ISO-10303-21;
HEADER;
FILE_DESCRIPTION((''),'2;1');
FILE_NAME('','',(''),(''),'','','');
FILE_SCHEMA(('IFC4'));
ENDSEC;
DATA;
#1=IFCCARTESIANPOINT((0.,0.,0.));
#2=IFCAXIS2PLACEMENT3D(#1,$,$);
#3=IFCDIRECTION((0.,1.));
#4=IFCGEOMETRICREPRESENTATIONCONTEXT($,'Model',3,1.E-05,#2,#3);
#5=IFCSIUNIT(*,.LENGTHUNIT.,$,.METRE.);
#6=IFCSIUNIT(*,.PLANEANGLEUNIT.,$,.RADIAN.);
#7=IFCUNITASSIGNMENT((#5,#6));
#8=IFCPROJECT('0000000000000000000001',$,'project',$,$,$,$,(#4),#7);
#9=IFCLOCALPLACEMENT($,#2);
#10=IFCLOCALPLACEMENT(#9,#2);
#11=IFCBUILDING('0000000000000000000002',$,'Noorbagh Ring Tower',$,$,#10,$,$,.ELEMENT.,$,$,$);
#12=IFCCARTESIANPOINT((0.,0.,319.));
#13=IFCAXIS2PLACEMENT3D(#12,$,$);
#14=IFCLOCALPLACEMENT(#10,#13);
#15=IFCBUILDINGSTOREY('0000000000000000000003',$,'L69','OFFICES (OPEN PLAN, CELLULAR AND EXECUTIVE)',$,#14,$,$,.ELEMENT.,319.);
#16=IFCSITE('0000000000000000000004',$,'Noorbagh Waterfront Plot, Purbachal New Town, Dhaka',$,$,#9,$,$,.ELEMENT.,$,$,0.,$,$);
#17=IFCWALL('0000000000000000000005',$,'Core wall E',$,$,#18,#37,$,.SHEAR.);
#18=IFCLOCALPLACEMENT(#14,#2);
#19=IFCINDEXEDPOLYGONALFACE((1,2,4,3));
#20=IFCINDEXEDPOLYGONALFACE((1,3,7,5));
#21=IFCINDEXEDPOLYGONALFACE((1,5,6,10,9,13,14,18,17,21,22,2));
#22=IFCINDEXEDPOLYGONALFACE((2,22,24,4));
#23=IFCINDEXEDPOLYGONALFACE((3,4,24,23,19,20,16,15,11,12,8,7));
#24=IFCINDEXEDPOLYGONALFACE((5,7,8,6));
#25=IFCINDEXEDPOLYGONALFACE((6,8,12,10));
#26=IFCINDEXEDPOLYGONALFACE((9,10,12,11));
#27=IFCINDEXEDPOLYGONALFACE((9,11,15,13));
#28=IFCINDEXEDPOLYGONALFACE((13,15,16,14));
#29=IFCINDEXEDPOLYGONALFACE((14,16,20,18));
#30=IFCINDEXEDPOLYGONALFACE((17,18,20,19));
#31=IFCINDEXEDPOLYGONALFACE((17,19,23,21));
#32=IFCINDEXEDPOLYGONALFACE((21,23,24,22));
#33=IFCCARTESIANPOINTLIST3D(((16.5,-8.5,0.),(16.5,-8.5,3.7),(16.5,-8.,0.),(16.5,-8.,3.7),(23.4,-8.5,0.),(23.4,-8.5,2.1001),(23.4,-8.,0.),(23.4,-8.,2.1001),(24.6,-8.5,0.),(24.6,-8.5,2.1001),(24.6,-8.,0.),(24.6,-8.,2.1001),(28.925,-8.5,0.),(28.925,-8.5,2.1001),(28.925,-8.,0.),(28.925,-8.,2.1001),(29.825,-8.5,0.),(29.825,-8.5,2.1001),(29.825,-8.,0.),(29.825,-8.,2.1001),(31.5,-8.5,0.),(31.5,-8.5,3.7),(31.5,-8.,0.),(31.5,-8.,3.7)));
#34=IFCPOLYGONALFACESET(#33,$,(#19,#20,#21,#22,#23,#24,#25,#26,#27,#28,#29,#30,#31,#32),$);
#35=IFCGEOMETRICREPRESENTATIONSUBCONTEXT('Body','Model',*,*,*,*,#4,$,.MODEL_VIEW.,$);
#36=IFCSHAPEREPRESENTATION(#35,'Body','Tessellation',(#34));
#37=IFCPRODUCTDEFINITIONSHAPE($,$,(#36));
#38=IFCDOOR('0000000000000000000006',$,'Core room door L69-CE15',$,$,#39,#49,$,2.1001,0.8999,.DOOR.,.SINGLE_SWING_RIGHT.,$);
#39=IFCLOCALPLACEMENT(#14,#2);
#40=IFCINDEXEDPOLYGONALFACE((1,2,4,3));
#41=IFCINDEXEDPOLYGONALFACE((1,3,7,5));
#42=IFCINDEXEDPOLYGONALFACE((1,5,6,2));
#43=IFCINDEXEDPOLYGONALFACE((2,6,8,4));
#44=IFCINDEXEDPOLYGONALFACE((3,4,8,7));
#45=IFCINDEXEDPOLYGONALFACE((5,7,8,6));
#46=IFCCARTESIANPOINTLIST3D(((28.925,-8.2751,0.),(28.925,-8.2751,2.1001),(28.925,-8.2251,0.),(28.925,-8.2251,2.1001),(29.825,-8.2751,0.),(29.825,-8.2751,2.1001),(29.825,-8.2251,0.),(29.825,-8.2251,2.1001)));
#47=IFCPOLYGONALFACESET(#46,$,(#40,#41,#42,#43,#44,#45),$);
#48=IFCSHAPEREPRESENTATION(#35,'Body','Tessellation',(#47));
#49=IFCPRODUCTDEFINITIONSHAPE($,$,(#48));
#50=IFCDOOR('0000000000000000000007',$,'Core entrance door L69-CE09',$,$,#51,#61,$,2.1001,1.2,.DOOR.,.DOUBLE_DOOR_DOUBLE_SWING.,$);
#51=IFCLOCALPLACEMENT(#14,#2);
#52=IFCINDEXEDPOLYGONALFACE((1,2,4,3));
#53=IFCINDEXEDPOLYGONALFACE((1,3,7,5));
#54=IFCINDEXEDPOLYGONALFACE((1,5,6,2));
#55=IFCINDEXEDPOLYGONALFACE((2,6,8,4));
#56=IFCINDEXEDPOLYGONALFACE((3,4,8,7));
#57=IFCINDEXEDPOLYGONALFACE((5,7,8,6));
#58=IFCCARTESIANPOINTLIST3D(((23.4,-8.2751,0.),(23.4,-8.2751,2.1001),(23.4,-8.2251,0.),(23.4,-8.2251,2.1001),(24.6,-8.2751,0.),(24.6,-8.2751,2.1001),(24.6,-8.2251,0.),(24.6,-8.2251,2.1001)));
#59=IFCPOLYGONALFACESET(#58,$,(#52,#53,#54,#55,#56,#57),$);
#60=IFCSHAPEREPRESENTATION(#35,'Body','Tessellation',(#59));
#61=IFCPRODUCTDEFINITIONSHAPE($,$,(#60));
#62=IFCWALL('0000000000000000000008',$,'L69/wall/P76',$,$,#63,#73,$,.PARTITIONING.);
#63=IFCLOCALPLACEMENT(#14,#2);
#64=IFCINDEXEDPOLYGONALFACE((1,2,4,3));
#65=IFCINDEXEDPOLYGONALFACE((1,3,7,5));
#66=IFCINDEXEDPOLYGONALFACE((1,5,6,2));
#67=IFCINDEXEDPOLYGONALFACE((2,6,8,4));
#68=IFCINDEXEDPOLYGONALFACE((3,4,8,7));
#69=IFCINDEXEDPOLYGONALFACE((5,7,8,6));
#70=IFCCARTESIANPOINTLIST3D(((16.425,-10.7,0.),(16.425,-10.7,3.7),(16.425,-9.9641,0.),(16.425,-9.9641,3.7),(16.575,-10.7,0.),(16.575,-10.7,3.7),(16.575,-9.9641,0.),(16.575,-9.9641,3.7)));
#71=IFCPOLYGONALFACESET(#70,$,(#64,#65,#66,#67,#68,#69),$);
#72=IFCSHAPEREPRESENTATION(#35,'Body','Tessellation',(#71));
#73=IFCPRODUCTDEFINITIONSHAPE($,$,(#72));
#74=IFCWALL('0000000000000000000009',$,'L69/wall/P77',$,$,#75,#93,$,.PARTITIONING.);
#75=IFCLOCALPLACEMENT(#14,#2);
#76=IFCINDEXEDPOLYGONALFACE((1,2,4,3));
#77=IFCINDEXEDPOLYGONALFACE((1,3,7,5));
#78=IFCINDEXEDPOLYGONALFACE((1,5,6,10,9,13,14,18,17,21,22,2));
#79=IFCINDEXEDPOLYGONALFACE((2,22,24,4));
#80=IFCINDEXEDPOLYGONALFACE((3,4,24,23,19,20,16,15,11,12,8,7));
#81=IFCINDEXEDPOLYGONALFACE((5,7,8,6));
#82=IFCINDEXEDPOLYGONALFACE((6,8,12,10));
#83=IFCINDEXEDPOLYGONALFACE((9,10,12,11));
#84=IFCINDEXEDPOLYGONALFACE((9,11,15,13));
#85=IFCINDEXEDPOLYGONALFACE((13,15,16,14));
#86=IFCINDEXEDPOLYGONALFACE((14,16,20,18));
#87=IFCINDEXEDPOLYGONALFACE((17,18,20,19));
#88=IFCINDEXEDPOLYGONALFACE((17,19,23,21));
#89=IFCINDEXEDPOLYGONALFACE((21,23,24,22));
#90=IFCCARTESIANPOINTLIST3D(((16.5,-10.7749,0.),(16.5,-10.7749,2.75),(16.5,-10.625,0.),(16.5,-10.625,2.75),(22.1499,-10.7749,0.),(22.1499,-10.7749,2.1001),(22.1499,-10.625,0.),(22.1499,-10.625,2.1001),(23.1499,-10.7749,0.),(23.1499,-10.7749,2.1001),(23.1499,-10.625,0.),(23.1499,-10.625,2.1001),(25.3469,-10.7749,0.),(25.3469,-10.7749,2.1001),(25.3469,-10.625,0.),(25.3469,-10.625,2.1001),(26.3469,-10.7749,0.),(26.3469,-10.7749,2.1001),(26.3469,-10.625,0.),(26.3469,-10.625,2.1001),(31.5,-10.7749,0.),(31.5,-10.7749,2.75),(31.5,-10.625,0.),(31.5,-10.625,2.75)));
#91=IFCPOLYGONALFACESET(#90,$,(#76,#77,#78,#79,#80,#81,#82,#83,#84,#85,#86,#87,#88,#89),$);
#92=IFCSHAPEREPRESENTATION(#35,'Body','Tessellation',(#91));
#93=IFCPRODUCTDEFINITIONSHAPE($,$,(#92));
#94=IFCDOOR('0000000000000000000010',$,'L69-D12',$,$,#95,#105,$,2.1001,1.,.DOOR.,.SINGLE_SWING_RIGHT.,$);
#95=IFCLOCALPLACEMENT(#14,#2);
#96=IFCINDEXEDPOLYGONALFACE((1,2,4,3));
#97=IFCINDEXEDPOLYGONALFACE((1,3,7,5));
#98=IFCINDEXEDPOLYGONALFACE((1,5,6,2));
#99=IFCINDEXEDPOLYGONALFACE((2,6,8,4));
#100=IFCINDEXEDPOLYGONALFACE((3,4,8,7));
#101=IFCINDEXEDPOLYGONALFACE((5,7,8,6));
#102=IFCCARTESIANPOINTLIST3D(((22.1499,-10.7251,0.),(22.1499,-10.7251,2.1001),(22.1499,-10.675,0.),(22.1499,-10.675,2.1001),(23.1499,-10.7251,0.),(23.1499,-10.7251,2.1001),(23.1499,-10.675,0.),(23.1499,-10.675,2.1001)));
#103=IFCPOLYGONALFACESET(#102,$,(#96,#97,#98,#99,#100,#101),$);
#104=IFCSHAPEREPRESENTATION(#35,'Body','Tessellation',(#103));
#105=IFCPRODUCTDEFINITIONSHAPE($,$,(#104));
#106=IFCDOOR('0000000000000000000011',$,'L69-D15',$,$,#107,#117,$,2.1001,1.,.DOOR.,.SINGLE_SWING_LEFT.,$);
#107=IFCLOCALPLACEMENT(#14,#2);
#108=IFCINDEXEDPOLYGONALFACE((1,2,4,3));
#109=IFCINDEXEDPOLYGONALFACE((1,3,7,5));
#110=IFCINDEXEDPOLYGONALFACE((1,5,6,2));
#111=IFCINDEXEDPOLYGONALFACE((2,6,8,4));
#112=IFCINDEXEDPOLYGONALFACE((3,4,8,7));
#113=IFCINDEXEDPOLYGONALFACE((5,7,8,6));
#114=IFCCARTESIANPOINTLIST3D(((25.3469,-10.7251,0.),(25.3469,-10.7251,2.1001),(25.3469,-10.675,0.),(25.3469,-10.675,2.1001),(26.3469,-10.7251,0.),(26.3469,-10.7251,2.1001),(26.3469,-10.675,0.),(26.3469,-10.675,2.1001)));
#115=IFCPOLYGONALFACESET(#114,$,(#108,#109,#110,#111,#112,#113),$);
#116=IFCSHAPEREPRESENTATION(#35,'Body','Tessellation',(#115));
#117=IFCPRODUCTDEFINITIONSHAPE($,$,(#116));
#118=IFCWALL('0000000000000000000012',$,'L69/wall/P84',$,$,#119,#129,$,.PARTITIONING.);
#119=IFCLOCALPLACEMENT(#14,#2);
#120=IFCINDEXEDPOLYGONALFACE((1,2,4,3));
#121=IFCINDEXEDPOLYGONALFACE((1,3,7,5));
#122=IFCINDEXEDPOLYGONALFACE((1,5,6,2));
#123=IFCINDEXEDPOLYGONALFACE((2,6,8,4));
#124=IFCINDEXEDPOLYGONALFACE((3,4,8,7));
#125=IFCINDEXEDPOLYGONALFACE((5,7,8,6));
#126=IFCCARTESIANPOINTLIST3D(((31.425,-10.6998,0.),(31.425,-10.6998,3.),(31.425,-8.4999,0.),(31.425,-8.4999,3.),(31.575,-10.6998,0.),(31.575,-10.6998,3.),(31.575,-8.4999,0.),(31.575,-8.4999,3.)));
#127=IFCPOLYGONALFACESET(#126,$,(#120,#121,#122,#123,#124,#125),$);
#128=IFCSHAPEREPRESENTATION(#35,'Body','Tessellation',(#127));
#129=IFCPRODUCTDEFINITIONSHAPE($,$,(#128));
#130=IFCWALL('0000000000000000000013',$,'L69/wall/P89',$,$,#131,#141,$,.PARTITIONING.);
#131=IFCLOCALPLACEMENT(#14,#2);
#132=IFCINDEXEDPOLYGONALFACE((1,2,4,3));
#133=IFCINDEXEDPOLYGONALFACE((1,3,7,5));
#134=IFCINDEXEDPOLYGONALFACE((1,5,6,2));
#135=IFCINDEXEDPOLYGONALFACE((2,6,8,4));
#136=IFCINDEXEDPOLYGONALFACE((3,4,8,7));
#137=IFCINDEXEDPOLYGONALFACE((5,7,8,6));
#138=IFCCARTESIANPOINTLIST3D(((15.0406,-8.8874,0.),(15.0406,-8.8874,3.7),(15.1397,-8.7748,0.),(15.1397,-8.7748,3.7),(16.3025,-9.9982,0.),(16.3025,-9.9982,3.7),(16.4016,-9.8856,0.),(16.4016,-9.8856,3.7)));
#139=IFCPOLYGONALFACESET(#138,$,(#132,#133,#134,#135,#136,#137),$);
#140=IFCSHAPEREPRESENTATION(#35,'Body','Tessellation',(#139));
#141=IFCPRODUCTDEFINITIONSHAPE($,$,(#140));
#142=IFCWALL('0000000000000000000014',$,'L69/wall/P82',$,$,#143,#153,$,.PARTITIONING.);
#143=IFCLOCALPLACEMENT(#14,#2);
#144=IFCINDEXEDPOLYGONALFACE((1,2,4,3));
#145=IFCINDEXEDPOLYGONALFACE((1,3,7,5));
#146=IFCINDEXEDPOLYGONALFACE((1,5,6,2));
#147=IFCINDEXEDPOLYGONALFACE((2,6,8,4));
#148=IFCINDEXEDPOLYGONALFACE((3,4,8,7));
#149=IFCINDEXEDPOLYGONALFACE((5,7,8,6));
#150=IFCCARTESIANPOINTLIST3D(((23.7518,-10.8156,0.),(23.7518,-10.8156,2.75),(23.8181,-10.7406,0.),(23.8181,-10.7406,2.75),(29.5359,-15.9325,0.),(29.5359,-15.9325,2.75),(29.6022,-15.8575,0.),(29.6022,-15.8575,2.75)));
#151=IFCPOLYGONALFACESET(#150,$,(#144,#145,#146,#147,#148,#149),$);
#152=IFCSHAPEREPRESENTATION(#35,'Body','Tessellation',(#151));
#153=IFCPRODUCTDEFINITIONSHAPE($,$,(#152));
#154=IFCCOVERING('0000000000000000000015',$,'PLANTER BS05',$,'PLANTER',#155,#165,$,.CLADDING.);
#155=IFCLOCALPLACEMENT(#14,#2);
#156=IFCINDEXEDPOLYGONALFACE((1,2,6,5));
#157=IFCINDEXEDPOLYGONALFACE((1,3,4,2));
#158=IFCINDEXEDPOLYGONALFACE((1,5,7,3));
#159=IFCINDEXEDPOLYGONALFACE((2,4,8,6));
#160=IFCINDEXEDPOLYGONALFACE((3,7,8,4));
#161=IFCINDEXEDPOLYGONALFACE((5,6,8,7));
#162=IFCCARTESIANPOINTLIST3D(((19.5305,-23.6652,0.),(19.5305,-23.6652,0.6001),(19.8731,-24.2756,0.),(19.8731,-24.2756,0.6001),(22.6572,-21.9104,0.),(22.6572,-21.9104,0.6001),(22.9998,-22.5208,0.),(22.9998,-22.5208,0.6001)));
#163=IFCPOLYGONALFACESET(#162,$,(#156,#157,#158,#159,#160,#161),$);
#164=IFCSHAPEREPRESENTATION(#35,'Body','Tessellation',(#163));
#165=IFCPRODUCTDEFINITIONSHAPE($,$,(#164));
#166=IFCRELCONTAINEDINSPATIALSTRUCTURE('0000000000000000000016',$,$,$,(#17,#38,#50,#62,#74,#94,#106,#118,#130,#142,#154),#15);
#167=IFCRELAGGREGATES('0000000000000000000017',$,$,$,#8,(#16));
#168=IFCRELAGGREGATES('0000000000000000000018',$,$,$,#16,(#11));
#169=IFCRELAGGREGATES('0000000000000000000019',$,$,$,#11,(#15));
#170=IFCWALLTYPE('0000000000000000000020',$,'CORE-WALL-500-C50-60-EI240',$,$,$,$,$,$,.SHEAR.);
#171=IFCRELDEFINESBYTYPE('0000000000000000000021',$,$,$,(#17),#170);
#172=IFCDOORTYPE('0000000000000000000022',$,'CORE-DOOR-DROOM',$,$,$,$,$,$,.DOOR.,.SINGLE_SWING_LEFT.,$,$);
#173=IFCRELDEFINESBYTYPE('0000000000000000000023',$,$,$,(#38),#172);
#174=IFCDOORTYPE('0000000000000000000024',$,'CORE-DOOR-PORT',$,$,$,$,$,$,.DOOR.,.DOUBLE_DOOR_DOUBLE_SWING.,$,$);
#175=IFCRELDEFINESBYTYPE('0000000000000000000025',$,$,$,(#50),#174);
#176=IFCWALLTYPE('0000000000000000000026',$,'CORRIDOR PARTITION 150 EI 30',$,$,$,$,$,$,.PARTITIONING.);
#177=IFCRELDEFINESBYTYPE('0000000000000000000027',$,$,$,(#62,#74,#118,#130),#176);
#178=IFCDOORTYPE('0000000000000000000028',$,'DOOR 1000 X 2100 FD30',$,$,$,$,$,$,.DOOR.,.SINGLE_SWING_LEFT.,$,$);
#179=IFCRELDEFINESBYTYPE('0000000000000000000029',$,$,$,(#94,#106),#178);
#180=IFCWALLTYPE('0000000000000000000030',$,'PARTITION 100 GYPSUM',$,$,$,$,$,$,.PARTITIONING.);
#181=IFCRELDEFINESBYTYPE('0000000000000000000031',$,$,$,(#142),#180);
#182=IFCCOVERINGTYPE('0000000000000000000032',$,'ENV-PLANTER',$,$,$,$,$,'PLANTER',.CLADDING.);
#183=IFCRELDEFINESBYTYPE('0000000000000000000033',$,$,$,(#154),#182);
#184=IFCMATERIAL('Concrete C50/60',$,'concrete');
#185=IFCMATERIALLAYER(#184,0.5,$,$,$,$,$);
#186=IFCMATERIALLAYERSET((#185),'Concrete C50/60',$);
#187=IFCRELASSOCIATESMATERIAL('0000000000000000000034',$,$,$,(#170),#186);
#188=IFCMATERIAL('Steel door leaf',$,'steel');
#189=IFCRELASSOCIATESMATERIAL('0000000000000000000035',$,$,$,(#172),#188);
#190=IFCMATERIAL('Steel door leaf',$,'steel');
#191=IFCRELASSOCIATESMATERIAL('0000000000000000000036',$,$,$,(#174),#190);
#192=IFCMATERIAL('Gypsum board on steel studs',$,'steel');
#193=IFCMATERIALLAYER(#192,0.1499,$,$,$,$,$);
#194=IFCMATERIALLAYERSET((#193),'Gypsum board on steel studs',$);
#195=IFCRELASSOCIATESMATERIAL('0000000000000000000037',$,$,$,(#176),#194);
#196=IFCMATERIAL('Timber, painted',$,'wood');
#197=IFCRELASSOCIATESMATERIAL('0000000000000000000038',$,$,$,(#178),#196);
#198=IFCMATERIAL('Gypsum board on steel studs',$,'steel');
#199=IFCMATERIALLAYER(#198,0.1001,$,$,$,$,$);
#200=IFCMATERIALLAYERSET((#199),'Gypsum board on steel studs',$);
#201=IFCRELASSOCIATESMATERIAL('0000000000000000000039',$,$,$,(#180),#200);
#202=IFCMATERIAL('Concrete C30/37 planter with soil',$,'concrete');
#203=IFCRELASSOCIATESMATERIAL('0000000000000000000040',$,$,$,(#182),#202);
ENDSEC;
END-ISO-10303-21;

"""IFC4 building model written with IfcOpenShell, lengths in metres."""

from ifc_helpers import new_model, si_unit, direction, frame, frame_2d, origin, origin_2d, place, context, subcontext, project, spatial, rectangle, extrude, material, layer, layer_set, type_object, element, fill, save


model = new_model("IFC4")

# Units and contexts
model_context = context("Model", 3, precision=1e-05, world=origin(), true_north=direction((0.0, 1.0)))
body_context = subcontext(model_context, "Body", "Model", "MODEL_VIEW")
ifc_project = project(units=[si_unit("LENGTHUNIT", "METRE"), si_unit("PLANEANGLEUNIT", "RADIAN")], contexts=[model_context])

# Site, building, storey
site_placement = place(None, origin())
site = spatial("IfcSite", under=ifc_project, at=site_placement, Name="Noorbagh Waterfront Plot, Purbachal New Town, Dhaka", CompositionType="ELEMENT", RefElevation=0.0)
building_placement = place(site_placement, origin())
building = spatial("IfcBuilding", under=site, at=building_placement, Name="Noorbagh Ring Tower", CompositionType="ELEMENT")
storey_placement = place(building_placement, frame((0.0, 0.0, 319.0)))
storey = spatial("IfcBuildingStorey", under=building, at=storey_placement, Name="L69", Description="OFFICES (OPEN PLAN, CELLULAR AND EXECUTIVE)", CompositionType="ELEMENT", Elevation=319.0)

# Wall, openings, doors
ifc_material_1 = material(Name="Concrete C50/60", Category="concrete")
ifc_layer_1 = layer(ifc_material_1, 0.5)
ifc_layer_set_1 = layer_set([ifc_layer_1], Name="Concrete C50/60")
wall_type_1 = type_object("IfcWallType", Name="CORE-WALL-500-C50-60-EI240", PredefinedType="SHEAR", material=ifc_layer_set_1)
wall_1_placement = place(storey_placement, frame((16.5, -8.25, 0.0), z_axis=(0.0, 0.0, 1.0), x_axis=(1.0, 0.0, 0.0)))
wall_1 = element("IfcWall", 1, at=wall_1_placement, inside=storey, type_object=wall_type_1, Name="Core wall E", PredefinedType="SHEAR", context=body_context, shape_type="SweptSolid", body=[
    extrude(rectangle(XDim=15.0, YDim=0.5, at=frame_2d((7.5, 0.0))), origin(), (0.0, 0.0, 1.0), 3.7),
])
opening_1_placement = place(wall_1_placement, frame((6.8999, 0.0, 0.0)))
opening_1 = element("IfcOpeningElement", 2, at=opening_1_placement, cuts=wall_1, PredefinedType="OPENING", context=body_context, shape_type="SweptSolid", body=[
    extrude(rectangle(XDim=1.2, YDim=2.1001, at=frame_2d((0.6001, 1.05))), frame((0.0, 0.26, 0.0), z_axis=(0.0, -1.0, 0.0), x_axis=(1.0, 0.0, 0.0)), (0.0, 0.0, 1.0), 0.52),
])
opening_2_placement = place(wall_1_placement, frame((12.425, 0.0, 0.0)))
opening_2 = element("IfcOpeningElement", 3, at=opening_2_placement, cuts=wall_1, PredefinedType="OPENING", context=body_context, shape_type="SweptSolid", body=[
    extrude(rectangle(XDim=0.8999, YDim=2.1001, at=frame_2d((0.45, 1.05))), frame((0.0, 0.26, 0.0), z_axis=(0.0, -1.0, 0.0), x_axis=(1.0, 0.0, 0.0)), (0.0, 0.0, 1.0), 0.52),
])
ifc_material_2 = material(Name="Steel door leaf", Category="steel")
door_type_1 = type_object("IfcDoorType", Name="CORE-DOOR-DROOM", OperationType="SINGLE_SWING_LEFT", PredefinedType="DOOR", material=ifc_material_2)
door_1_placement = place(opening_2_placement, origin())
door_1 = element("IfcDoor", 4, at=door_1_placement, inside=storey, type_object=door_type_1, Name="Core room door L69-CE15", OperationType="SINGLE_SWING_RIGHT", OverallHeight=2.1001, OverallWidth=0.8999, PredefinedType="DOOR", context=body_context, shape_type="SweptSolid", body=[
    extrude(rectangle(XDim=0.8999, YDim=2.1001, at=frame_2d((0.45, 1.05))), frame((0.0, 0.0249, 0.0), z_axis=(0.0, -1.0, 0.0), x_axis=(1.0, 0.0, 0.0)), (0.0, 0.0, 1.0), 0.05),
])
fill(opening_2, door_1)
ifc_material_3 = material(Name="Steel door leaf", Category="steel")
door_type_2 = type_object("IfcDoorType", Name="CORE-DOOR-PORT", OperationType="DOUBLE_DOOR_DOUBLE_SWING", PredefinedType="DOOR", material=ifc_material_3)
door_2_placement = place(opening_1_placement, origin())
door_2 = element("IfcDoor", 5, at=door_2_placement, inside=storey, type_object=door_type_2, Name="Core entrance door L69-CE09", OperationType="DOUBLE_DOOR_DOUBLE_SWING", OverallHeight=2.1001, OverallWidth=1.2, PredefinedType="DOOR", context=body_context, shape_type="SweptSolid", body=[
    extrude(rectangle(XDim=1.2, YDim=2.1001, at=frame_2d((0.6001, 1.05))), frame((0.0, 0.0249, 0.0), z_axis=(0.0, -1.0, 0.0), x_axis=(1.0, 0.0, 0.0)), (0.0, 0.0, 1.0), 0.05),
])
fill(opening_1, door_2)

# Wall
ifc_material_4 = material(Name="Gypsum board on steel studs", Category="steel")
ifc_layer_2 = layer(ifc_material_4, 0.1499)
ifc_layer_set_2 = layer_set([ifc_layer_2], Name="Gypsum board on steel studs")
wall_type_2 = type_object("IfcWallType", Name="CORRIDOR PARTITION 150 EI 30", PredefinedType="PARTITIONING", material=ifc_layer_set_2)
wall_2_placement = place(storey_placement, frame((16.5, -10.7, 0.0), z_axis=(0.0, 0.0, 1.0), x_axis=(0.0, 1.0, 0.0)))
element("IfcWall", 6, at=wall_2_placement, inside=storey, type_object=wall_type_2, Name="L69/wall/P76", PredefinedType="PARTITIONING", context=body_context, shape_type="SweptSolid", body=[
    extrude(rectangle(XDim=0.7358, YDim=0.1499, at=frame_2d((0.3679, 0.0))), origin(), (0.0, 0.0, 1.0), 3.7),
])

# Wall, openings, doors
wall_3_placement = place(storey_placement, frame((16.5, -10.7, 0.0), z_axis=(0.0, 0.0, 1.0), x_axis=(1.0, 0.0, 0.0)))
wall_3 = element("IfcWall", 7, at=wall_3_placement, inside=storey, type_object=wall_type_2, Name="L69/wall/P77", PredefinedType="PARTITIONING", context=body_context, shape_type="SweptSolid", body=[
    extrude(rectangle(XDim=15.0, YDim=0.1499, at=frame_2d((7.5, 0.0))), origin(), (0.0, 0.0, 1.0), 2.75),
])
opening_3_placement = place(wall_3_placement, frame((5.6499, 0.0, 0.0)))
opening_3 = element("IfcOpeningElement", 8, at=opening_3_placement, cuts=wall_3, PredefinedType="OPENING", context=body_context, shape_type="SweptSolid", body=[
    extrude(rectangle(XDim=1.0, YDim=2.1001, at=frame_2d((0.5, 1.05))), frame((0.0, 0.085, 0.0), z_axis=(0.0, -1.0, 0.0), x_axis=(1.0, 0.0, 0.0)), (0.0, 0.0, 1.0), 0.1699),
])
opening_4_placement = place(wall_3_placement, frame((8.8469, 0.0, 0.0)))
opening_4 = element("IfcOpeningElement", 9, at=opening_4_placement, cuts=wall_3, PredefinedType="OPENING", context=body_context, shape_type="SweptSolid", body=[
    extrude(rectangle(XDim=1.0, YDim=2.1001, at=frame_2d((0.5, 1.05))), frame((0.0, 0.085, 0.0), z_axis=(0.0, -1.0, 0.0), x_axis=(1.0, 0.0, 0.0)), (0.0, 0.0, 1.0), 0.1699),
])
ifc_material_5 = material(Name="Timber, painted", Category="wood")
door_type_3 = type_object("IfcDoorType", Name="DOOR 1000 X 2100 FD30", OperationType="SINGLE_SWING_LEFT", PredefinedType="DOOR", material=ifc_material_5)
door_3_placement = place(opening_3_placement, origin())
door_3 = element("IfcDoor", 10, at=door_3_placement, inside=storey, type_object=door_type_3, Name="L69-D12", OperationType="SINGLE_SWING_RIGHT", OverallHeight=2.1001, OverallWidth=1.0, PredefinedType="DOOR", context=body_context, shape_type="SweptSolid", body=[
    extrude(rectangle(XDim=1.0, YDim=2.1001, at=frame_2d((0.5, 1.05))), frame((0.0, 0.0249, 0.0), z_axis=(0.0, -1.0, 0.0), x_axis=(1.0, 0.0, 0.0)), (0.0, 0.0, 1.0), 0.05),
])
fill(opening_3, door_3)
door_4_placement = place(opening_4_placement, origin())
door_4 = element("IfcDoor", 11, at=door_4_placement, inside=storey, type_object=door_type_3, Name="L69-D15", OperationType="SINGLE_SWING_LEFT", OverallHeight=2.1001, OverallWidth=1.0, PredefinedType="DOOR", context=body_context, shape_type="SweptSolid", body=[
    extrude(rectangle(XDim=1.0, YDim=2.1001, at=frame_2d((0.5, 1.05))), frame((0.0, 0.0249, 0.0), z_axis=(0.0, -1.0, 0.0), x_axis=(1.0, 0.0, 0.0)), (0.0, 0.0, 1.0), 0.05),
])
fill(opening_4, door_4)

# Walls
wall_4_placement = place(storey_placement, frame((31.5, -10.7, 0.0), z_axis=(0.0, 0.0, 1.0), x_axis=(0.0, 1.0, 0.0)))
element("IfcWall", 12, at=wall_4_placement, inside=storey, type_object=wall_type_2, Name="L69/wall/P84", PredefinedType="PARTITIONING", context=body_context, shape_type="SweptSolid", body=[
    extrude(rectangle(XDim=2.2, YDim=0.1499, at=frame_2d((1.1001, 0.0))), origin(), (0.0, 0.0, 1.0), 3.0),
])
wall_5_placement = place(storey_placement, frame((16.3521, -9.9419, 0.0), z_axis=(0.0, 0.0, 1.0), x_axis=(-0.750621, 0.660733, 0.0)))
element("IfcWall", 13, at=wall_5_placement, inside=storey, type_object=wall_type_2, Name="L69/wall/P89", PredefinedType="PARTITIONING", context=body_context, shape_type="SweptSolid", body=[
    extrude(rectangle(XDim=1.6812, YDim=0.1499, at=frame_2d((0.8406, 0.0))), origin(), (0.0, 0.0, 1.0), 3.7),
])
ifc_material_6 = material(Name="Gypsum board on steel studs", Category="steel")
ifc_layer_3 = layer(ifc_material_6, 0.1001)
ifc_layer_set_3 = layer_set([ifc_layer_3], Name="Gypsum board on steel studs")
wall_type_3 = type_object("IfcWallType", Name="PARTITION 100 GYPSUM", PredefinedType="PARTITIONING", material=ifc_layer_set_3)
wall_6_placement = place(storey_placement, frame((23.7849, -10.7781, 0.0), z_axis=(0.0, 0.0, 1.0), x_axis=(0.748986, -0.662586, 0.0)))
element("IfcWall", 14, at=wall_6_placement, inside=storey, type_object=wall_type_3, Name="L69/wall/P82", PredefinedType="PARTITIONING", context=body_context, shape_type="SweptSolid", body=[
    extrude(rectangle(XDim=7.7227, YDim=0.1001, at=frame_2d((3.8613, 0.0))), origin(), (0.0, 0.0, 1.0), 2.75),
])

# Covering
ifc_material_7 = material(Name="Concrete C30/37 planter with soil", Category="concrete")
covering_type = type_object("IfcCoveringType", Name="ENV-PLANTER", ElementType="PLANTER", PredefinedType="CLADDING", material=ifc_material_7)
covering_placement = place(storey_placement, frame((21.2651, -23.093, 0.0), z_axis=(0.0, 0.0, 1.0), x_axis=(0.872045, 0.489426, 0.0)))
element("IfcCovering", 15, at=covering_placement, inside=storey, type_object=covering_type, Name="PLANTER BS05", ObjectType="PLANTER", PredefinedType="CLADDING", context=body_context, shape_type="SweptSolid", body=[
    extrude(rectangle(XDim=3.5854, YDim=0.7, at=origin_2d()), origin(), (0.0, 0.0, 1.0), 0.6001),
])

save(model, "model.ifc")
